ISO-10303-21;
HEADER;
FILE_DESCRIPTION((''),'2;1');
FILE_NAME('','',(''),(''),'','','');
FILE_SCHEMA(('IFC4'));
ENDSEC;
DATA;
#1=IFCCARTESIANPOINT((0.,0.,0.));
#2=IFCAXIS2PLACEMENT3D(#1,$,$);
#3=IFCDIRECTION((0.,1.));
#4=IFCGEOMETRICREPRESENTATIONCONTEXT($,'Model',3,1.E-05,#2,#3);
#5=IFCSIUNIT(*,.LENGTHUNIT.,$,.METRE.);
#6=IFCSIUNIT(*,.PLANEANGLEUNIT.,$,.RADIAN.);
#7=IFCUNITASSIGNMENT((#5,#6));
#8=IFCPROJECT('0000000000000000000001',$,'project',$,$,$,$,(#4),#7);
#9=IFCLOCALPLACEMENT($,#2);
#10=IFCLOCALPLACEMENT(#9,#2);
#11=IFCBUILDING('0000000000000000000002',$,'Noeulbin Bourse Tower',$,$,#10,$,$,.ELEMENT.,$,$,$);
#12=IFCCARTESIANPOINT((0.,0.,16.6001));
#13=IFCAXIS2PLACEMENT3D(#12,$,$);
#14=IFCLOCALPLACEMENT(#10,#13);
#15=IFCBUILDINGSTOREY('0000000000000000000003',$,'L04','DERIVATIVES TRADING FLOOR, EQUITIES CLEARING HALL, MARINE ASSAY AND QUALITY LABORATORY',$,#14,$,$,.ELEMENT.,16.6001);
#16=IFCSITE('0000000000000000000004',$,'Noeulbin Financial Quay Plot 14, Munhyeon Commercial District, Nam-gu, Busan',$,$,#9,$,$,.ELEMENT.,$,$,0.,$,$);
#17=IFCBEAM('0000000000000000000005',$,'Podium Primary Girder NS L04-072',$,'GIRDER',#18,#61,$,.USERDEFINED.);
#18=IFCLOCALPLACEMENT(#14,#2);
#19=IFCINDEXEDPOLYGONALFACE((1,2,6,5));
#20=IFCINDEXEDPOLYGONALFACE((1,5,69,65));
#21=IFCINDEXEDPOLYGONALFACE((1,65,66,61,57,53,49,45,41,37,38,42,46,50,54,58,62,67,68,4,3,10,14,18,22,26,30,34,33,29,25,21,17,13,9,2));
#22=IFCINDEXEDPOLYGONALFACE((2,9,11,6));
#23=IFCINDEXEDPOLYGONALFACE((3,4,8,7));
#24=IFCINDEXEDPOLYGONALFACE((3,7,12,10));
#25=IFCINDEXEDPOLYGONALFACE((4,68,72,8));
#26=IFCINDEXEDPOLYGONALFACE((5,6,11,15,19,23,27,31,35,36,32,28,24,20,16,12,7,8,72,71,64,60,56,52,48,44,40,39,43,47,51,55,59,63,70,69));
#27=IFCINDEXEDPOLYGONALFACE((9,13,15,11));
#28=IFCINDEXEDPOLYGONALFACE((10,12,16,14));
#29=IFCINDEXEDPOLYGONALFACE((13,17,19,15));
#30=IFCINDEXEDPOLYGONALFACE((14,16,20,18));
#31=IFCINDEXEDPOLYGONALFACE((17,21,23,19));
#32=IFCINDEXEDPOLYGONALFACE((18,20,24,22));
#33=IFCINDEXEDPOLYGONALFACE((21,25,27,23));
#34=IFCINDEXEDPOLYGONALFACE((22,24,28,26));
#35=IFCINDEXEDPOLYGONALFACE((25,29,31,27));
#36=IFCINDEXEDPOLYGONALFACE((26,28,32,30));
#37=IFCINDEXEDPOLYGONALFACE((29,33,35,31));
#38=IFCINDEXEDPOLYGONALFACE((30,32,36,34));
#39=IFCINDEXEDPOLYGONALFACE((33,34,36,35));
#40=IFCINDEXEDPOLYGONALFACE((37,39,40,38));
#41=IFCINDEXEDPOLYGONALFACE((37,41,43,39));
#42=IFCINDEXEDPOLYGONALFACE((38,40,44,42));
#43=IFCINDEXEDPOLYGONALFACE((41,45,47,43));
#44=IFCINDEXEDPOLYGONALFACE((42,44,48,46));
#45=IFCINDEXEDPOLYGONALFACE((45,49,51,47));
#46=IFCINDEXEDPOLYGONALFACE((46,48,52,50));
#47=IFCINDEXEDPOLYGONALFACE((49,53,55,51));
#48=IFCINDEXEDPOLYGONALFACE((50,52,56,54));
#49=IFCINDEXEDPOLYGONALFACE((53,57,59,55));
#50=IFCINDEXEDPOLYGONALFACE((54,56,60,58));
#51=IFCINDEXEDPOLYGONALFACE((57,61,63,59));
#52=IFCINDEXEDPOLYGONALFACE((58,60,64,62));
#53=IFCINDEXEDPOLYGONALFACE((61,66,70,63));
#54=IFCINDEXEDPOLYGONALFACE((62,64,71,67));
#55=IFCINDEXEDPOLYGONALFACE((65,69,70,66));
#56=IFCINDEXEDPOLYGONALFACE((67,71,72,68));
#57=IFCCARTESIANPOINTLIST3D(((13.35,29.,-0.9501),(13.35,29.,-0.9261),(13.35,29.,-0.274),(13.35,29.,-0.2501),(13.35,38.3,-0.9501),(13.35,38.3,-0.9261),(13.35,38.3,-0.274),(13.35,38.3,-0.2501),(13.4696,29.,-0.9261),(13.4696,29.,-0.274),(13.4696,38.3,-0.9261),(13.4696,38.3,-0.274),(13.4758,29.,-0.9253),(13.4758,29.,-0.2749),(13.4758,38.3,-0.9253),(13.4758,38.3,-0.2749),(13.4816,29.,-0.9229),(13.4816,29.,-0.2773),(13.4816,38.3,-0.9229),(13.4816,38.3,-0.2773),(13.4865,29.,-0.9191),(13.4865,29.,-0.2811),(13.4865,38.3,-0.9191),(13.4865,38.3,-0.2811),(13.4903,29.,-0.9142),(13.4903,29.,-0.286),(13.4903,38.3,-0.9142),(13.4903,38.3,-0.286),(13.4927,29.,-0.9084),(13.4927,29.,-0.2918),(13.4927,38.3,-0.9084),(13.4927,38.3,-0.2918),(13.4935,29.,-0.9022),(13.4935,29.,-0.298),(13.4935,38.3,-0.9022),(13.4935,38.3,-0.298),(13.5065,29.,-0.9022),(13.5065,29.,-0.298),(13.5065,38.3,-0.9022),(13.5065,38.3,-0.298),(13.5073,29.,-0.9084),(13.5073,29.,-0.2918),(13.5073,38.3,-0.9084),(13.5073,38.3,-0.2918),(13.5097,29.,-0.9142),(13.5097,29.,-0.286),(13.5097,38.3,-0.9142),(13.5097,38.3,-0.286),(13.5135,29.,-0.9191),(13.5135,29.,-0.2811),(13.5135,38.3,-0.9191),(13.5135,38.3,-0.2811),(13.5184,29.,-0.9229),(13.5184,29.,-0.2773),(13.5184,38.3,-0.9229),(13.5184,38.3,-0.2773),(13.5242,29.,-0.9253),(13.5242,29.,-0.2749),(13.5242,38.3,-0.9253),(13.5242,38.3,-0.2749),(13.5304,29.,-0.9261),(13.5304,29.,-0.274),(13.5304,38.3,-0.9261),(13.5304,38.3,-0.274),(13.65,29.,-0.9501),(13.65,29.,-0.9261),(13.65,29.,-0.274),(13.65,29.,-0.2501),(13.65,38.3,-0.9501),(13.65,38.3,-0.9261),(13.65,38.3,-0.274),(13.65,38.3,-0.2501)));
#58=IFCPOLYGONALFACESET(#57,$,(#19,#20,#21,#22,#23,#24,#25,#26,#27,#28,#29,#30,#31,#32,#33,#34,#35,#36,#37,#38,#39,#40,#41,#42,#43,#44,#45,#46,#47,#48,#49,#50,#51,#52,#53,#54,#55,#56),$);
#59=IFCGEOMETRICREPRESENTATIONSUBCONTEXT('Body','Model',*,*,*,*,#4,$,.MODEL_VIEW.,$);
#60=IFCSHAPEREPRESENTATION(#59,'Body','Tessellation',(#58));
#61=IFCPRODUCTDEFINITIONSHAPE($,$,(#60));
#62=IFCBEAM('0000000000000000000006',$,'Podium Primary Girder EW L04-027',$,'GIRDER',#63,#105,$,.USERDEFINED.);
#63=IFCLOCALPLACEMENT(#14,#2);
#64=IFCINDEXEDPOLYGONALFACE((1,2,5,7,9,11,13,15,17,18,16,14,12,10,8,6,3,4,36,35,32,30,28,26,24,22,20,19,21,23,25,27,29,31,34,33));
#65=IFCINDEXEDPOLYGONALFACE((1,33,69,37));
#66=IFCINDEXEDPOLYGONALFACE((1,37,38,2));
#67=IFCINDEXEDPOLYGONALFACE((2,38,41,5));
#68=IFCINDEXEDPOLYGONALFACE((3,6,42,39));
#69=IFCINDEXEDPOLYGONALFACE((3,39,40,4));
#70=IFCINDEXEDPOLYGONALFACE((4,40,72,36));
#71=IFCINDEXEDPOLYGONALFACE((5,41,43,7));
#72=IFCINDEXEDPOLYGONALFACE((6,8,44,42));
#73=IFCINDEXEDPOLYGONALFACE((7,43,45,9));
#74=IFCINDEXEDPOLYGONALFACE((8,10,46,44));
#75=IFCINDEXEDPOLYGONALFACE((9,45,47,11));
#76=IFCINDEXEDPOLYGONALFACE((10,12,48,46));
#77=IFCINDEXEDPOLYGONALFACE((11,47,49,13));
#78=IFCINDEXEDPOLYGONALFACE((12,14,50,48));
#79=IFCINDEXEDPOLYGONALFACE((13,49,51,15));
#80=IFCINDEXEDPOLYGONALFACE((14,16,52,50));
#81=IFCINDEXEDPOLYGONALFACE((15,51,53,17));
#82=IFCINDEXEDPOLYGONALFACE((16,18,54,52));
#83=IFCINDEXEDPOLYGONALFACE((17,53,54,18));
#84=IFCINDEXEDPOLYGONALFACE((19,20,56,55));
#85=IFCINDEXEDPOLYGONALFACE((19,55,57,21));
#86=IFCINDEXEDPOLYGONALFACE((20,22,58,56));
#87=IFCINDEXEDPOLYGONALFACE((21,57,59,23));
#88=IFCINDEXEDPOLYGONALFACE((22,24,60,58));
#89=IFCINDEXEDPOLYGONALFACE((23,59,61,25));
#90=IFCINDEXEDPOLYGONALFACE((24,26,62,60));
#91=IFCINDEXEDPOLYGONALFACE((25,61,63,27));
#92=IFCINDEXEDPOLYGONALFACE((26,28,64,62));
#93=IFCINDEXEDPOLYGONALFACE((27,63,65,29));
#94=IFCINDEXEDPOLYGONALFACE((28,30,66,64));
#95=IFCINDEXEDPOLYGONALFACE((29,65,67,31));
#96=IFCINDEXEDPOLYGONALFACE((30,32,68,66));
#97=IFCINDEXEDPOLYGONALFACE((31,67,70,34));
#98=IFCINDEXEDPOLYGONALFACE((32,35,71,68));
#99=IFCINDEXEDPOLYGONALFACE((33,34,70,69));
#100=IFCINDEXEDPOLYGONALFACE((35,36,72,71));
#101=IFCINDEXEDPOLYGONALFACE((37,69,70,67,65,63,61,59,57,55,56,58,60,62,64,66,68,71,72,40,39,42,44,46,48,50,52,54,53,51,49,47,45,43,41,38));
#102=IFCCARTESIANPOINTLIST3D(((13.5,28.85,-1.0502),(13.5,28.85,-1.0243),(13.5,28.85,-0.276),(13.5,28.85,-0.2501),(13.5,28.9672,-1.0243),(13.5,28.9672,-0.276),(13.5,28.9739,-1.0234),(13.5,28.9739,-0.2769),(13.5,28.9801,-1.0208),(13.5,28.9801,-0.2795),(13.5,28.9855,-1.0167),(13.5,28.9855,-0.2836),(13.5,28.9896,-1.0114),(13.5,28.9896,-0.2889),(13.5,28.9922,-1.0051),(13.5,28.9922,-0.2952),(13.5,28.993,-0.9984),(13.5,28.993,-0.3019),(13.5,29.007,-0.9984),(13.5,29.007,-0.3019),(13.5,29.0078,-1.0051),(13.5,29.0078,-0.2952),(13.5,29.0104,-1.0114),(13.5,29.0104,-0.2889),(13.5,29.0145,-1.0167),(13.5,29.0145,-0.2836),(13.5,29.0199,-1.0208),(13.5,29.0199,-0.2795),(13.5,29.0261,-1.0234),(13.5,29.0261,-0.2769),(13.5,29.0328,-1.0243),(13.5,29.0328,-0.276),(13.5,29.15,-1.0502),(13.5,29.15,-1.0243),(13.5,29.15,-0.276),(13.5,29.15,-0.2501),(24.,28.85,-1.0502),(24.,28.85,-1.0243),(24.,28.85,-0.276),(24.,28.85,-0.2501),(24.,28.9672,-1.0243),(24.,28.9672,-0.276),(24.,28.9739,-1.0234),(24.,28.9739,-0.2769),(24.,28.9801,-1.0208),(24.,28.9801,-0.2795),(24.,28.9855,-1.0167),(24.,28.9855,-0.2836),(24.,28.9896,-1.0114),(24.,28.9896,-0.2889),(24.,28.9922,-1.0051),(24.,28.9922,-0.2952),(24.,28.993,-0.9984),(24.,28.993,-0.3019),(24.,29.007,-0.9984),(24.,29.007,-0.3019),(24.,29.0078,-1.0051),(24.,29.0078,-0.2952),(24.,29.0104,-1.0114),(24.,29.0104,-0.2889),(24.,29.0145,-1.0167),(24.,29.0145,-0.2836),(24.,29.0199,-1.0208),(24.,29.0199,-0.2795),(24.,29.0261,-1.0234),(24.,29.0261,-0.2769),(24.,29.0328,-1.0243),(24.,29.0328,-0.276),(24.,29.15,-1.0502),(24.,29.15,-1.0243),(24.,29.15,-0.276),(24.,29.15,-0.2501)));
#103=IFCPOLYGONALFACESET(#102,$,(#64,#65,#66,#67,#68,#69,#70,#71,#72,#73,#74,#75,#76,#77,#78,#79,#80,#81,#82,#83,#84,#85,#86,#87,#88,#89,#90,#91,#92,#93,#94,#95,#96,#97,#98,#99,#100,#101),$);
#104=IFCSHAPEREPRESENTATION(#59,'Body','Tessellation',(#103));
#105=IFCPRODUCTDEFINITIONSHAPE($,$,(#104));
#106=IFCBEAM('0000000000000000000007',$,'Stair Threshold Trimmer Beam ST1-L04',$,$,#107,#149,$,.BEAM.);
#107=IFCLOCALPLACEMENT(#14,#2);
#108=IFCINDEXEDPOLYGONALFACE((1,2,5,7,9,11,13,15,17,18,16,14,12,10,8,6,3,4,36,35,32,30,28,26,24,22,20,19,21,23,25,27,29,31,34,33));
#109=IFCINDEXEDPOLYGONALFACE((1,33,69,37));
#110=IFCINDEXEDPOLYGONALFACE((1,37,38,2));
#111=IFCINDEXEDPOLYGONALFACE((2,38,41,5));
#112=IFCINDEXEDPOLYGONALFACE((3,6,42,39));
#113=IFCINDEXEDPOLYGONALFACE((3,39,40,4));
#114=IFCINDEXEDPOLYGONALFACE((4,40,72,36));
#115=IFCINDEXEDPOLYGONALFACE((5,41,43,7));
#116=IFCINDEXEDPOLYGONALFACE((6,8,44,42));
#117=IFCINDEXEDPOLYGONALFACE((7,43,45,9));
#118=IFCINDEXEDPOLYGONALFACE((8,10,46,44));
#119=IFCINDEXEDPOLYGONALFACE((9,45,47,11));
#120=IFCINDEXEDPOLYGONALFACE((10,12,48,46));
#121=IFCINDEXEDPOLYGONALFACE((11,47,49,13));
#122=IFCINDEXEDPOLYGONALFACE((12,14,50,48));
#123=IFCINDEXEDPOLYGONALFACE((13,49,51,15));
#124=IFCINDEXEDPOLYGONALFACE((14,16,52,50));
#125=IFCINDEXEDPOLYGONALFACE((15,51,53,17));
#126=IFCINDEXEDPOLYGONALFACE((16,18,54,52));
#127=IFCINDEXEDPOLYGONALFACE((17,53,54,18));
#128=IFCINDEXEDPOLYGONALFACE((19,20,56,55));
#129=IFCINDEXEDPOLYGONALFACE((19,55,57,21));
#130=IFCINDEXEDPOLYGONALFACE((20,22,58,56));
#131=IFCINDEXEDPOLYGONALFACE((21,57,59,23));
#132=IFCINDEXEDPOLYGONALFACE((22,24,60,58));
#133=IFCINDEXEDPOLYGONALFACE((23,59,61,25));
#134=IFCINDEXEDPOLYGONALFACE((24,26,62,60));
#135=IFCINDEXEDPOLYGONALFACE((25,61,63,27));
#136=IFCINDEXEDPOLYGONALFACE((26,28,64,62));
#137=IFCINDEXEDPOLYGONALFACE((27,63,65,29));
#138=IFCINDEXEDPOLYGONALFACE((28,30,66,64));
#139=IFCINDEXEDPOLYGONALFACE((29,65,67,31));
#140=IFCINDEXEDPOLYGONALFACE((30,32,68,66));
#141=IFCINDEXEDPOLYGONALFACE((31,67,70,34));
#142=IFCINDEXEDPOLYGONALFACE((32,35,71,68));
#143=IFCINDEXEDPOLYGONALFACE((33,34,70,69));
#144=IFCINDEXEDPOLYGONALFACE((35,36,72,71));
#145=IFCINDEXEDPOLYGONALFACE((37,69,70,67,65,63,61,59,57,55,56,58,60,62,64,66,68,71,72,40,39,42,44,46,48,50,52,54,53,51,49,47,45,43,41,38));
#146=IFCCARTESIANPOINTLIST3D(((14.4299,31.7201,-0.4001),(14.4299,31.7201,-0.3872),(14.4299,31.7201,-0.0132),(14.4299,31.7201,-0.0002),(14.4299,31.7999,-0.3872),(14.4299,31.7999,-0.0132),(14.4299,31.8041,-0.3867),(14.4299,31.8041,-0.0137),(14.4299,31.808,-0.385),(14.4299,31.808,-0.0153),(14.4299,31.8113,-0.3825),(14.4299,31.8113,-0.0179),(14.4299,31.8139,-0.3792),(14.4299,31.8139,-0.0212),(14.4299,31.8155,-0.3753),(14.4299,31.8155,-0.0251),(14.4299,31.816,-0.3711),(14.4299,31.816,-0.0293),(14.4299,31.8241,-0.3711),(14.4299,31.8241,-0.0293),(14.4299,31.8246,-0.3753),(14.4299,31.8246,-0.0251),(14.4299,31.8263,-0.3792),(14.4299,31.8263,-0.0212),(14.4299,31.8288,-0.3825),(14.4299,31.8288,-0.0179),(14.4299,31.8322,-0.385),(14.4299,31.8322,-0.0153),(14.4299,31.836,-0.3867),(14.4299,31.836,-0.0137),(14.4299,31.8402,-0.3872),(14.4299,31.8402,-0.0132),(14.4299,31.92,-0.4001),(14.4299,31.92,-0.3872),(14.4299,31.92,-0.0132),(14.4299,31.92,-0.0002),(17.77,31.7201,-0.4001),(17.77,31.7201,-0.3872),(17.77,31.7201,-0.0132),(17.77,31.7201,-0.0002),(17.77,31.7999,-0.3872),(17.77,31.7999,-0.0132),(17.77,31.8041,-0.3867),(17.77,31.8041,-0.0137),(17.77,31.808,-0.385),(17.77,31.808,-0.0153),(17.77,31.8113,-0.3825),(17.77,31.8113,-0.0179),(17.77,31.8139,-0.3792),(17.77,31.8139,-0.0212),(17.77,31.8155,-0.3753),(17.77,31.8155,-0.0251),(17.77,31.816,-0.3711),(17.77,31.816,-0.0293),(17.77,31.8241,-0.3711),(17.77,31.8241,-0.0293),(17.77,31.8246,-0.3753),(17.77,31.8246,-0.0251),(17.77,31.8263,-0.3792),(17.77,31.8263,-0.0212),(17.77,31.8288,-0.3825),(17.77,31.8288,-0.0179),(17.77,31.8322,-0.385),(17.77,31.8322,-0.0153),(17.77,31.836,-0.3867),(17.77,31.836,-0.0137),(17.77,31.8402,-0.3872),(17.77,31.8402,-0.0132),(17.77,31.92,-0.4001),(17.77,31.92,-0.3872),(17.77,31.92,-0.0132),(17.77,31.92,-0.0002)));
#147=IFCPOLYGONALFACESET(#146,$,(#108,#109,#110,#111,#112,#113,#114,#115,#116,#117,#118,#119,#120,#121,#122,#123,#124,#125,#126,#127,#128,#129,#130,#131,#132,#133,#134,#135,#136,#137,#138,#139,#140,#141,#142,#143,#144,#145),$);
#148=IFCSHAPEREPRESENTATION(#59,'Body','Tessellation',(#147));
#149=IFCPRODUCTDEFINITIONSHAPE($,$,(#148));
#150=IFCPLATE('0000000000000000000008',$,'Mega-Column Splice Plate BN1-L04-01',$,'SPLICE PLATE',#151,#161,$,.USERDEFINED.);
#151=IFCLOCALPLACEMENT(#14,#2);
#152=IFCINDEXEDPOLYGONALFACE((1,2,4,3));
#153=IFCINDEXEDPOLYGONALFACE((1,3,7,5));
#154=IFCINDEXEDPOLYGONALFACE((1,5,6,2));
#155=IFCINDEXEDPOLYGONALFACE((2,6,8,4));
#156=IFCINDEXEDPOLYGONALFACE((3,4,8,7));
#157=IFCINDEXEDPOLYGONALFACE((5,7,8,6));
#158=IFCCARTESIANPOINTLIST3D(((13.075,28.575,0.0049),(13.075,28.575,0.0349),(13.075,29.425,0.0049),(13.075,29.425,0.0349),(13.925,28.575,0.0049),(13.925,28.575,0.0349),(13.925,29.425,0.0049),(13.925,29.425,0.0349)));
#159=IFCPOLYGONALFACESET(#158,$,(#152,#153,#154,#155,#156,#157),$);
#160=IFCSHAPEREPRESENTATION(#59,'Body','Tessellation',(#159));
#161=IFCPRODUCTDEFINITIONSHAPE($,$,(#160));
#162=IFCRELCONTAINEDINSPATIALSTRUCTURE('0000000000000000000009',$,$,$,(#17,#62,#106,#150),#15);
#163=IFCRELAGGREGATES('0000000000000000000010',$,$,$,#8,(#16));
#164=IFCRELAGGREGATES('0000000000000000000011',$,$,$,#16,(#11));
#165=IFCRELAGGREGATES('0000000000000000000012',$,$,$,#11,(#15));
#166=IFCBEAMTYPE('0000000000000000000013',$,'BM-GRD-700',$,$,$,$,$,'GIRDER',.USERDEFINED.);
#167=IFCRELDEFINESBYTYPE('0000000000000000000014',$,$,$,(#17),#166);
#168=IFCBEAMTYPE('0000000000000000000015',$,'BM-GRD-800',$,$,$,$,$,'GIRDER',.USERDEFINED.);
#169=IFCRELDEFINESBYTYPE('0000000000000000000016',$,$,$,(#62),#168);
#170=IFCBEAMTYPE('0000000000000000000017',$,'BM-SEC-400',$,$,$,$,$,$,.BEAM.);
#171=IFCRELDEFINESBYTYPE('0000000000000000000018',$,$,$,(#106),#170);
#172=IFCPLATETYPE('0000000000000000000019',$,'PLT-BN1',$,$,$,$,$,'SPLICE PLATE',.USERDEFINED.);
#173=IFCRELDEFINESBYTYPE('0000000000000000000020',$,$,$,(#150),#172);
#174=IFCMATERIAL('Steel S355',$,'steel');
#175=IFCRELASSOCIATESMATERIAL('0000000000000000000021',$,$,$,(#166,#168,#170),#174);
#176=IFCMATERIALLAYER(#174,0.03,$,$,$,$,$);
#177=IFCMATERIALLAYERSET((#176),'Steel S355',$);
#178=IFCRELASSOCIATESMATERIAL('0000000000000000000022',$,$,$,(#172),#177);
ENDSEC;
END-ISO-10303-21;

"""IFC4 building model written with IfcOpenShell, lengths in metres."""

from ifc_helpers import new_model, si_unit, direction, frame, origin, origin_2d, place, context, subcontext, project, spatial, rectangle, i_section, extrude, material, layer, layer_set, material_profile, profile_set, type_object, element, save


model = new_model("IFC4")

# Units and contexts
model_context = context("Model", 3, precision=1e-05, world=origin(), true_north=direction((0.0, 1.0)))
body_context = subcontext(model_context, "Body", "Model", "MODEL_VIEW")
ifc_project = project(units=[si_unit("LENGTHUNIT", "METRE"), si_unit("PLANEANGLEUNIT", "RADIAN")], contexts=[model_context])

# Site, building, storey
site_placement = place(None, origin())
site = spatial("IfcSite", under=ifc_project, at=site_placement, Name="Noeulbin Financial Quay Plot 14, Munhyeon Commercial District, Nam-gu, Busan", CompositionType="ELEMENT", RefElevation=0.0)
building_placement = place(site_placement, origin())
building = spatial("IfcBuilding", under=site, at=building_placement, Name="Noeulbin Bourse Tower", CompositionType="ELEMENT")
storey_placement = place(building_placement, frame((0.0, 0.0, 16.6001)))
storey = spatial("IfcBuildingStorey", under=building, at=storey_placement, Name="L04", Description="DERIVATIVES TRADING FLOOR, EQUITIES CLEARING HALL, MARINE ASSAY AND QUALITY LABORATORY", CompositionType="ELEMENT", Elevation=16.6001)

# Beams
ifc_material_1 = material(Name="Steel S355", Category="steel")
ifc_material_profile_1 = material_profile(ifc_material_1, i_section(OverallWidth=0.3, OverallDepth=0.7, WebThickness=0.0129, FlangeThickness=0.0239, FilletRadius=0.0239, at=origin_2d()), Name="H-700x300x13x24", Category="LoadBearing")
ifc_profile_set_1 = profile_set([ifc_material_profile_1], Name="Steel S355")
beam_type_1 = type_object("IfcBeamType", Name="BM-GRD-700", ElementType="GIRDER", PredefinedType="USERDEFINED", material=ifc_profile_set_1)
beam_1_placement = place(storey_placement, frame((13.5, 29.0, -0.6001), z_axis=(0.0, 1.0, 0.0), x_axis=(-1.0, 0.0, 0.0)))
element("IfcBeam", 1, at=beam_1_placement, inside=storey, type_object=beam_type_1, Name="Podium Primary Girder NS L04-072", ObjectType="GIRDER", PredefinedType="USERDEFINED", context=body_context, shape_type="SweptSolid", body=[
    extrude(i_section(OverallWidth=0.3, OverallDepth=0.7, WebThickness=0.0129, FlangeThickness=0.0239, FilletRadius=0.0239, at=origin_2d()), origin(), (0.0, 0.0, 1.0), 9.3),
])
ifc_material_profile_2 = material_profile(ifc_material_1, i_section(OverallWidth=0.3, OverallDepth=0.8, WebThickness=0.0139, FlangeThickness=0.0259, FilletRadius=0.0259, at=origin_2d()), Name="H-800x300x14x26", Category="LoadBearing")
ifc_profile_set_2 = profile_set([ifc_material_profile_2], Name="Steel S355")
beam_type_2 = type_object("IfcBeamType", Name="BM-GRD-800", ElementType="GIRDER", PredefinedType="USERDEFINED", material=ifc_profile_set_2)
beam_2_placement = place(storey_placement, frame((13.5, 29.0, -0.6501), z_axis=(1.0, 0.0, 0.0), x_axis=(0.0, 1.0, 0.0)))
element("IfcBeam", 2, at=beam_2_placement, inside=storey, type_object=beam_type_2, Name="Podium Primary Girder EW L04-027", ObjectType="GIRDER", PredefinedType="USERDEFINED", context=body_context, shape_type="SweptSolid", body=[
    extrude(i_section(OverallWidth=0.3, OverallDepth=0.8, WebThickness=0.0139, FlangeThickness=0.0259, FilletRadius=0.0259, at=origin_2d()), origin(), (0.0, 0.0, 1.0), 10.5),
])
ifc_material_profile_3 = material_profile(ifc_material_1, i_section(OverallWidth=0.2, OverallDepth=0.3999, WebThickness=0.0081, FlangeThickness=0.0129, FilletRadius=0.0161, at=origin_2d()), Name="H-400x200x8x13", Category="LoadBearing")
ifc_profile_set_3 = profile_set([ifc_material_profile_3], Name="Steel S355")
beam_type_3 = type_object("IfcBeamType", Name="BM-SEC-400", PredefinedType="BEAM", material=ifc_profile_set_3)
beam_3_placement = place(storey_placement, frame((14.4299, 31.8201, -0.2002), z_axis=(1.0, 0.0, 0.0), x_axis=(0.0, 1.0, 0.0)))
element("IfcBeam", 3, at=beam_3_placement, inside=storey, type_object=beam_type_3, Name="Stair Threshold Trimmer Beam ST1-L04", PredefinedType="BEAM", context=body_context, shape_type="SweptSolid", body=[
    extrude(i_section(OverallWidth=0.2, OverallDepth=0.3999, WebThickness=0.0081, FlangeThickness=0.0129, FilletRadius=0.0161, at=origin_2d()), origin(), (0.0, 0.0, 1.0), 3.3401),
])

# Plate
ifc_layer_1 = layer(ifc_material_1, 0.03)
ifc_layer_set_1 = layer_set([ifc_layer_1], Name="Steel S355")
plate_type = type_object("IfcPlateType", Name="PLT-BN1", ElementType="SPLICE PLATE", PredefinedType="USERDEFINED", material=ifc_layer_set_1)
plate_placement = place(storey_placement, frame((13.5, 29.0, 0.0049), z_axis=(0.0, 0.0, 1.0), x_axis=(1.0, 0.0, 0.0)))
element("IfcPlate", 4, at=plate_placement, inside=storey, type_object=plate_type, Name="Mega-Column Splice Plate BN1-L04-01", ObjectType="SPLICE PLATE", PredefinedType="USERDEFINED", context=body_context, shape_type="SweptSolid", body=[
    extrude(rectangle(XDim=0.8501, YDim=0.8501, at=origin_2d()), origin(), (0.0, 0.0, 1.0), 0.03),
])

save(model, "model.ifc")
